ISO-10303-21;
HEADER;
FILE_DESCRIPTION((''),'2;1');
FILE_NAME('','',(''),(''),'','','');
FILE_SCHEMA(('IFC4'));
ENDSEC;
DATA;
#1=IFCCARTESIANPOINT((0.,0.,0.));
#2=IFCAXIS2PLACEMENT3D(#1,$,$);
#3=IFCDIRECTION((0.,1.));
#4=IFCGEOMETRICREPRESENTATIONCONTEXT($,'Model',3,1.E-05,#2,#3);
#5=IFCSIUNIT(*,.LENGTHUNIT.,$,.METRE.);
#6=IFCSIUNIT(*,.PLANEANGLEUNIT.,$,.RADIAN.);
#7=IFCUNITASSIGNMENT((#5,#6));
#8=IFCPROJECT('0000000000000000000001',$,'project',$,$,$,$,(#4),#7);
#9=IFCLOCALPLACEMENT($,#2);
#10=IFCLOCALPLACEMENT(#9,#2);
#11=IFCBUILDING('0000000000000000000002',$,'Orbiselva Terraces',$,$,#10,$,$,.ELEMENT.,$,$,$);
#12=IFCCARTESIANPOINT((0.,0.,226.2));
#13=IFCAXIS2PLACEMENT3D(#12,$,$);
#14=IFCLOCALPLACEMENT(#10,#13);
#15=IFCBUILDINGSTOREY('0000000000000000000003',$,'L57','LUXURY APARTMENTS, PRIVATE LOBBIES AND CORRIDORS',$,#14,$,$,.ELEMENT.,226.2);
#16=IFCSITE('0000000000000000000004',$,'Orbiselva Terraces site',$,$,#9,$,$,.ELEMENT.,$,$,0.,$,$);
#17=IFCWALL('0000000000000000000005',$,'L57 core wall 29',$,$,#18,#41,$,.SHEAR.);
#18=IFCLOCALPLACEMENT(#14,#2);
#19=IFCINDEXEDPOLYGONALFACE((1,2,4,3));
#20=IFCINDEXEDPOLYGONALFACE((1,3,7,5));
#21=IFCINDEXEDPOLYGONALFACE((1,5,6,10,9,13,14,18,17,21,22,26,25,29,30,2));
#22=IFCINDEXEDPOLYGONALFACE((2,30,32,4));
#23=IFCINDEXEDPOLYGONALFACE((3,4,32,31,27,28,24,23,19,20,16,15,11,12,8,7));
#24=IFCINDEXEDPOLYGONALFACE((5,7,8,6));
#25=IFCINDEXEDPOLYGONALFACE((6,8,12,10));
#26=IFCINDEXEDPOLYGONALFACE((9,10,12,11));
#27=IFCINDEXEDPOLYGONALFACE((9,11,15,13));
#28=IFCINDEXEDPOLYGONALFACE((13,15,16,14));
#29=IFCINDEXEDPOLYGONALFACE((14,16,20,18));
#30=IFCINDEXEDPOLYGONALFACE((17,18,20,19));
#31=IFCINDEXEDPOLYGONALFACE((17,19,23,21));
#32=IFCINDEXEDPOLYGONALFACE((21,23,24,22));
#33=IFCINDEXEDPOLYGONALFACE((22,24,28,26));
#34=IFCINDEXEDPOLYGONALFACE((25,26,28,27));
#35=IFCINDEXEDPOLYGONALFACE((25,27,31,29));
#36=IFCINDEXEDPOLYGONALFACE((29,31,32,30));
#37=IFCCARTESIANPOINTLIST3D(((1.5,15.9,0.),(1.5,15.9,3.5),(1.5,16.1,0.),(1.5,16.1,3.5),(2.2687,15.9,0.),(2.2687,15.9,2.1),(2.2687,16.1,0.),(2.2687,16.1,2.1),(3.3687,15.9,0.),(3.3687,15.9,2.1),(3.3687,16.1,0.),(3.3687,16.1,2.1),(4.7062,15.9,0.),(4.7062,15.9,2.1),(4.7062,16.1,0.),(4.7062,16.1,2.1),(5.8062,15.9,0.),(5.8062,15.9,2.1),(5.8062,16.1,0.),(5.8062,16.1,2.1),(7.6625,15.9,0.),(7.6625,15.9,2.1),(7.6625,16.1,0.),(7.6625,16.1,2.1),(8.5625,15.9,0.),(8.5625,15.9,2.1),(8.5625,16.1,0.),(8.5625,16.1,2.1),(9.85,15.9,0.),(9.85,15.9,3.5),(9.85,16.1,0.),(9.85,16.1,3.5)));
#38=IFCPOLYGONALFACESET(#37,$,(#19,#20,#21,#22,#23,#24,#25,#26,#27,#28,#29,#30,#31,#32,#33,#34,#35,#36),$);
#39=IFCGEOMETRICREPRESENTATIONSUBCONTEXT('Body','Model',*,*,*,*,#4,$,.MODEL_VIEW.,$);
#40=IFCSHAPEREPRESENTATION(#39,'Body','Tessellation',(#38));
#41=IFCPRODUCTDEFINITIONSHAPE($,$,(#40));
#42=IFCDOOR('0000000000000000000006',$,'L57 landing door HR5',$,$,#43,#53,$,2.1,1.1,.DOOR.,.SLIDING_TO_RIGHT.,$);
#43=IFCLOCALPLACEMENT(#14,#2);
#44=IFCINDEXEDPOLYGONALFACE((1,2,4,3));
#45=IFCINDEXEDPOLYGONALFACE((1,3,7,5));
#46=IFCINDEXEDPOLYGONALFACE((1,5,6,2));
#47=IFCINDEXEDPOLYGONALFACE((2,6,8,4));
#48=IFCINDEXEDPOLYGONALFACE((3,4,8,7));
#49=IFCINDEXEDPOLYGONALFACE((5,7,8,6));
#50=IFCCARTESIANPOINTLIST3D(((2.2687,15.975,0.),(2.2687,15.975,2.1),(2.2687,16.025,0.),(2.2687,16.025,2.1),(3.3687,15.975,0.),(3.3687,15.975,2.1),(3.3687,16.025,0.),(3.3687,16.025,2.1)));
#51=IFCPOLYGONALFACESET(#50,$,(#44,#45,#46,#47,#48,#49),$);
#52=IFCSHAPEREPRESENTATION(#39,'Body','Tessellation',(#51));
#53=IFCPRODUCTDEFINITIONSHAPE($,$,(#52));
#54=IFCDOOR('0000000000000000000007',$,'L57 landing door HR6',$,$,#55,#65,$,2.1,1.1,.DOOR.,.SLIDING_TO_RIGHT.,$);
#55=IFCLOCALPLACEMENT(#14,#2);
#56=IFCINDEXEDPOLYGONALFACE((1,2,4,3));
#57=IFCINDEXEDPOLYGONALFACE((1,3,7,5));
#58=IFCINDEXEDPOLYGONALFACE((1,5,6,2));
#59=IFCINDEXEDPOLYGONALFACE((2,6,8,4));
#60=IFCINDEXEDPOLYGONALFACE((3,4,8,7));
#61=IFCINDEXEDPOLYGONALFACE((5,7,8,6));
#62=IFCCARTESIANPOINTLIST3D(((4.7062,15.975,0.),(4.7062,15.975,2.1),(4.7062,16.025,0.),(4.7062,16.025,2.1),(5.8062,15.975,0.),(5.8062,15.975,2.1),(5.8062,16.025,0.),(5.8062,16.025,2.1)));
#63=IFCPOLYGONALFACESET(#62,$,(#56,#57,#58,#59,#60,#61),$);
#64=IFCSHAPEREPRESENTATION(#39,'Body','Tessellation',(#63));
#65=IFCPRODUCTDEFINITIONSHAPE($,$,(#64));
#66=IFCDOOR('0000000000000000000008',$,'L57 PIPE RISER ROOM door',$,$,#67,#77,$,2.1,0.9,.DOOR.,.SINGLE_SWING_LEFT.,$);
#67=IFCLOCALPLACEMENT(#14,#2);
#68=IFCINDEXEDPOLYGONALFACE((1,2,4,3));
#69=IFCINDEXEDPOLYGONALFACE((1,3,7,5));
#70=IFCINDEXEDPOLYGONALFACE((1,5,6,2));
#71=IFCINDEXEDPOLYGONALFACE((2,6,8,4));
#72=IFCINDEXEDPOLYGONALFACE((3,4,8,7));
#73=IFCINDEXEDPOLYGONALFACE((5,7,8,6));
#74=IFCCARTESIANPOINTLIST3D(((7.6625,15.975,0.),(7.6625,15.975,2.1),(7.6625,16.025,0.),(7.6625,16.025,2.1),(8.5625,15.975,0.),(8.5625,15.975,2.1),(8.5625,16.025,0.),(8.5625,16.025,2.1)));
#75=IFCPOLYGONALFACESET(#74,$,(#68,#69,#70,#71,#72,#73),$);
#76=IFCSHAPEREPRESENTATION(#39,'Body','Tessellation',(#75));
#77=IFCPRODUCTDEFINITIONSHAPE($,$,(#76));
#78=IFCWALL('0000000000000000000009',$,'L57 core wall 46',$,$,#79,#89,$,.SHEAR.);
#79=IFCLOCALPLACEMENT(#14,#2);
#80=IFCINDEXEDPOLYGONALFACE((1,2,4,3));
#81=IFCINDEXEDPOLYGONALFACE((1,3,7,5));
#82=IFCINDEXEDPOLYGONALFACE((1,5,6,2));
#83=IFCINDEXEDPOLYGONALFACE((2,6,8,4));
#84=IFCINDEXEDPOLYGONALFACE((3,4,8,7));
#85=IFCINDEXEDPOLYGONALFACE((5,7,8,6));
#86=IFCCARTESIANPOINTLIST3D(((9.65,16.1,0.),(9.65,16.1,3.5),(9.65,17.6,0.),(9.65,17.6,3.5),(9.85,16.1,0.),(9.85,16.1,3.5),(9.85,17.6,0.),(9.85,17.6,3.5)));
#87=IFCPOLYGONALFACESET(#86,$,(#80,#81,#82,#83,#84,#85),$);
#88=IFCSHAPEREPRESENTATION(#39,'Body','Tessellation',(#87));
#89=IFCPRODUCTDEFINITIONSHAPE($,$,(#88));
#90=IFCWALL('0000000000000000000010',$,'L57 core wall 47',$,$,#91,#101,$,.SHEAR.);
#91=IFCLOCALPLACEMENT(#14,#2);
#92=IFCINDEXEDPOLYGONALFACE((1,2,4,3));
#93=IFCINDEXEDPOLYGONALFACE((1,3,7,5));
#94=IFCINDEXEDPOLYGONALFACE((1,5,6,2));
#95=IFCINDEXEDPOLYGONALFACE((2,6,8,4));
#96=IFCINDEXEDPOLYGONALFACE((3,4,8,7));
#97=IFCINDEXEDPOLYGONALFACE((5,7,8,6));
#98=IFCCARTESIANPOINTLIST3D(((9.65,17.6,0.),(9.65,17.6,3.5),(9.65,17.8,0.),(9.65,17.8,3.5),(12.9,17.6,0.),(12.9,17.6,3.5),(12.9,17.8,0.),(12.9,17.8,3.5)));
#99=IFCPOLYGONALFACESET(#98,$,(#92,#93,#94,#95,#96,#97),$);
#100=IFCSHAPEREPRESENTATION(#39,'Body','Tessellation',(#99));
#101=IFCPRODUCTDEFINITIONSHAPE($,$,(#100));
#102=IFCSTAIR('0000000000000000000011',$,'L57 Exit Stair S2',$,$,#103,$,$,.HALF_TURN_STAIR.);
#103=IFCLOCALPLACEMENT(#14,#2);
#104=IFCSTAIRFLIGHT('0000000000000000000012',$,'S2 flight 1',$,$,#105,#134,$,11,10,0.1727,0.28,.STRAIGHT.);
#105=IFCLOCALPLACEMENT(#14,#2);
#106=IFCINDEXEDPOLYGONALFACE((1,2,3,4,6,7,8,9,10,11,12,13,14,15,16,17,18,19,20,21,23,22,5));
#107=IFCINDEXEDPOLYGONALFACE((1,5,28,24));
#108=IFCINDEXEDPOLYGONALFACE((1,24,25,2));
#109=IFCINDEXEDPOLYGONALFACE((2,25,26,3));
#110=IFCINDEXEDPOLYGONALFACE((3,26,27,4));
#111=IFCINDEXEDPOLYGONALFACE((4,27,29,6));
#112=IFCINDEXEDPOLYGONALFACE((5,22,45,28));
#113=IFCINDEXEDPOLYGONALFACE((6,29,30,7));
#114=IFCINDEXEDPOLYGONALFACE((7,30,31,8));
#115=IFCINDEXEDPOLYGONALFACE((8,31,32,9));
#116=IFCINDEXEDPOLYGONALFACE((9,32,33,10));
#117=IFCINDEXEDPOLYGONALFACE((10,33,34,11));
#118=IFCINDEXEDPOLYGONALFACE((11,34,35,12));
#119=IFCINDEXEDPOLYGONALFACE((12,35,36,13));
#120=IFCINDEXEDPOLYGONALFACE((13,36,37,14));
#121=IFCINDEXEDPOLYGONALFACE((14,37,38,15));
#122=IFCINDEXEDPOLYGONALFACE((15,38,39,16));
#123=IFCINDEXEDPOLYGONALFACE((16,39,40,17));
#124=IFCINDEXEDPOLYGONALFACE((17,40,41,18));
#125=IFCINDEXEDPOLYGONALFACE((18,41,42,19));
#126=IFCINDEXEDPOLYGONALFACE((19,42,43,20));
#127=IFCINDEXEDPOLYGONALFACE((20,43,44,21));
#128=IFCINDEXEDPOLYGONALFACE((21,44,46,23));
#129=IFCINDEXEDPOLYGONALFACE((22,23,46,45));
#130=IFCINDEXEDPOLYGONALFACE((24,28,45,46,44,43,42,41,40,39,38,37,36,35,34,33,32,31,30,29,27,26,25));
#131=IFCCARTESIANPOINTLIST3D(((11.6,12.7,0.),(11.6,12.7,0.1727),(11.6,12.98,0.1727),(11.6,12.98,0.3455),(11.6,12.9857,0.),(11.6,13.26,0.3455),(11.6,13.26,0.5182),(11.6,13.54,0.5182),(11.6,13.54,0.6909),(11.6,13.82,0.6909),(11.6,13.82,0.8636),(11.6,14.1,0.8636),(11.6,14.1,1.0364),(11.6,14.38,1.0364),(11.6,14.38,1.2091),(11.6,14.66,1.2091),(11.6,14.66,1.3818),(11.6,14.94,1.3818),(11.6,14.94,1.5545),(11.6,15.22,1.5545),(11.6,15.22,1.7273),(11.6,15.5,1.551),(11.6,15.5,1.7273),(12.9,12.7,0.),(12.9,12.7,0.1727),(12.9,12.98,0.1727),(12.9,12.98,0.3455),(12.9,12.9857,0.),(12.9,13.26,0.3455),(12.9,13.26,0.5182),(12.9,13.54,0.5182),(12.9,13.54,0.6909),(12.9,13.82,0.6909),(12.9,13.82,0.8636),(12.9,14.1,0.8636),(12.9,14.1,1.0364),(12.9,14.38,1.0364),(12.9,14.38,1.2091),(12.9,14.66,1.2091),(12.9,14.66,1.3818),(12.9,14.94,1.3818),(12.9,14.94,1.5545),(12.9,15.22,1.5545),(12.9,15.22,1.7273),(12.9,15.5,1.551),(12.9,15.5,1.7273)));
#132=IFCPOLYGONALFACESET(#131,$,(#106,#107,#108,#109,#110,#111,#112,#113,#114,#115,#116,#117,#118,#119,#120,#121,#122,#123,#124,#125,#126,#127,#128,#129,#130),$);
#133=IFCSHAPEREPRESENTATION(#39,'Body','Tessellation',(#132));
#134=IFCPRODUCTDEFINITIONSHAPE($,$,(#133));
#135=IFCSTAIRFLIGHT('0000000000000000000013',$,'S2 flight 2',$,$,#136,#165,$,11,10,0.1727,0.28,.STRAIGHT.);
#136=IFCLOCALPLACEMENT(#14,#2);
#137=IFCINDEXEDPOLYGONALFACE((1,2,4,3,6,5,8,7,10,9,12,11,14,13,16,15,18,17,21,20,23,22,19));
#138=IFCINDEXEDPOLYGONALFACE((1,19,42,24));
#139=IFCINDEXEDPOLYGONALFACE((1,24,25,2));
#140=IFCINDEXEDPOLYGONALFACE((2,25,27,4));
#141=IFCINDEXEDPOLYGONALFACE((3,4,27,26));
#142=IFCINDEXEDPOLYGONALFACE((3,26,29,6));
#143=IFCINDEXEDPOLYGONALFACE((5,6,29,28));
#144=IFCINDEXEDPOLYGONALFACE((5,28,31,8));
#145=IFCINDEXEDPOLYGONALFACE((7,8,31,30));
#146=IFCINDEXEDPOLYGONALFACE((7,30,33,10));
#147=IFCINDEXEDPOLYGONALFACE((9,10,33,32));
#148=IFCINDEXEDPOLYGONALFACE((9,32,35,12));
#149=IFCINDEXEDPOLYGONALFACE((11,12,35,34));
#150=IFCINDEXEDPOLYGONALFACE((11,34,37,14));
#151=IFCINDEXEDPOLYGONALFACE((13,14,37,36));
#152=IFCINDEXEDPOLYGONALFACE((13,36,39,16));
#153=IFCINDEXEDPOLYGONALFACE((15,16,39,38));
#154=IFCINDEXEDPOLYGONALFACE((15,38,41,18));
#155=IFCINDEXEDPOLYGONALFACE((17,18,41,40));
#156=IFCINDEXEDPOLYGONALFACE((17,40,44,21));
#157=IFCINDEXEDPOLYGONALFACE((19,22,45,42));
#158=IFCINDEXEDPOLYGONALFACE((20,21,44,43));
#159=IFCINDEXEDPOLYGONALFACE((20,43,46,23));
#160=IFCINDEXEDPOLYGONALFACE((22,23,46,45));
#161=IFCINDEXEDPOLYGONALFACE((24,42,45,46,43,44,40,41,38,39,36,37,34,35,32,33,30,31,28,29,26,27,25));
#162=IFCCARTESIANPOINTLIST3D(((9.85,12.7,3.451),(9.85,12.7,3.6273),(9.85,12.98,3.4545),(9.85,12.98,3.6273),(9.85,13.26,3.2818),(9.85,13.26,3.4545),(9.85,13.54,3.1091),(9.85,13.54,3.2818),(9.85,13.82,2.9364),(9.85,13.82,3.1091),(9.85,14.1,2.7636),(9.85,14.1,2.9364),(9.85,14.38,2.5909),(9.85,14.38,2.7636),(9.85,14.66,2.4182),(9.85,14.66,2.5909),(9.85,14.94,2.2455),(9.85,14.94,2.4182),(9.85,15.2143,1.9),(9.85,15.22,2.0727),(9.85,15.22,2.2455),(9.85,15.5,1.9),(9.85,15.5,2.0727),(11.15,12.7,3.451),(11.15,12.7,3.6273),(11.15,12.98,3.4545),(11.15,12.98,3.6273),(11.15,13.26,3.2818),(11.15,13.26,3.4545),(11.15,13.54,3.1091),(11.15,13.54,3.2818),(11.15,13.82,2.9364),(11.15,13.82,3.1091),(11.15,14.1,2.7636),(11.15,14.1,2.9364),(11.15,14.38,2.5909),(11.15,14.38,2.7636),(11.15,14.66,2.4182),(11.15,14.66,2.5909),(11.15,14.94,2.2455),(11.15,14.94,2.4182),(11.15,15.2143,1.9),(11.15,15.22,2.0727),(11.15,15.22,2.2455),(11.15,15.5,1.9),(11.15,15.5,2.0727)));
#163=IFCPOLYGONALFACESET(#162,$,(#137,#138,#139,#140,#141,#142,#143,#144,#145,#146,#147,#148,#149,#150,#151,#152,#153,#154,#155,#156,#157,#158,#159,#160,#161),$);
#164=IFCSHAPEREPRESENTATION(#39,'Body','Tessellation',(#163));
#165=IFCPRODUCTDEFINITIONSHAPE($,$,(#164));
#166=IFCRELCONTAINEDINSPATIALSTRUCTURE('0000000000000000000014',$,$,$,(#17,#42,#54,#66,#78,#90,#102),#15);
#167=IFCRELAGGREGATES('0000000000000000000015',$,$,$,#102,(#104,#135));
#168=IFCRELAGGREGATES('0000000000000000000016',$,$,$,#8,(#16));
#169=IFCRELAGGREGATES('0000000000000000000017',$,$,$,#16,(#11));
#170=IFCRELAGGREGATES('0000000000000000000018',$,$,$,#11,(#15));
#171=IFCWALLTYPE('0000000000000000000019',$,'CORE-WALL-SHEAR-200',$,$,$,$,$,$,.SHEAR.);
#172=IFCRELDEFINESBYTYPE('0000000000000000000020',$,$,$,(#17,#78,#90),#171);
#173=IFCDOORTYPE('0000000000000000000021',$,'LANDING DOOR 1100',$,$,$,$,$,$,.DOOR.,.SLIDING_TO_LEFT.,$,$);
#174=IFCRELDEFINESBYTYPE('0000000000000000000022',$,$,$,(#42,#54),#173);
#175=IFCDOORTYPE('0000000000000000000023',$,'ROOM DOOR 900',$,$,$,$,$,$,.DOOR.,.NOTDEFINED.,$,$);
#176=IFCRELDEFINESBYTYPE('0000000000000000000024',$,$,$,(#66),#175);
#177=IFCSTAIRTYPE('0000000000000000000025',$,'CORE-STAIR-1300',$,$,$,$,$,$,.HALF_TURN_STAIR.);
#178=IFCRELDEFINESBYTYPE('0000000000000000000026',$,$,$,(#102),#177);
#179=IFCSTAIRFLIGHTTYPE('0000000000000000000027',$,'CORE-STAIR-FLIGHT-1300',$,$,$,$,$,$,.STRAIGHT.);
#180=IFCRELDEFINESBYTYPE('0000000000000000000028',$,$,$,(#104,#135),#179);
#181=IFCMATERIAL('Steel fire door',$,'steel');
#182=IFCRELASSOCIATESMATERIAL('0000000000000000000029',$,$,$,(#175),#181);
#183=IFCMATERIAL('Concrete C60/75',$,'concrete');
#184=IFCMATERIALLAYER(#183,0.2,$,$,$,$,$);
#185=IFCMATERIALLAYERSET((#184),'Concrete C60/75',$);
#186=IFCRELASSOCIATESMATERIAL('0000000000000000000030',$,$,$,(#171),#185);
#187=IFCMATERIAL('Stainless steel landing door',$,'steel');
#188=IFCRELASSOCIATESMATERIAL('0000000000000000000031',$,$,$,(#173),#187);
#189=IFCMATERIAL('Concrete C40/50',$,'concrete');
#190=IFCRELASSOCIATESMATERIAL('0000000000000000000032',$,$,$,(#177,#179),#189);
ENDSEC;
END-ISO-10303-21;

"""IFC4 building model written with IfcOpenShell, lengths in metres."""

from ifc_helpers import new_model, si_unit, direction, frame, frame_2d, origin, place, context, subcontext, project, spatial, polyline, rectangle, outline, extrude, material, layer, layer_set, type_object, element, fill, aggregate, save


model = new_model("IFC4")

# Units and contexts
model_context = context("Model", 3, precision=1e-05, world=origin(), true_north=direction((0.0, 1.0)))
body_context = subcontext(model_context, "Body", "Model", "MODEL_VIEW")
ifc_project = project(units=[si_unit("LENGTHUNIT", "METRE"), si_unit("PLANEANGLEUNIT", "RADIAN")], contexts=[model_context])

# Site, building, storey
site_placement = place(None, origin())
site = spatial("IfcSite", under=ifc_project, at=site_placement, Name="Orbiselva Terraces site", CompositionType="ELEMENT", RefElevation=0.0)
building_placement = place(site_placement, origin())
building = spatial("IfcBuilding", under=site, at=building_placement, Name="Orbiselva Terraces", CompositionType="ELEMENT")
storey_placement = place(building_placement, frame((0.0, 0.0, 226.2)))
storey = spatial("IfcBuildingStorey", under=building, at=storey_placement, Name="L57", Description="LUXURY APARTMENTS, PRIVATE LOBBIES AND CORRIDORS", CompositionType="ELEMENT", Elevation=226.2)

# Shared definitions
ifc_material_1 = material(Name="Steel fire door", Category="steel")
door_type_1 = type_object("IfcDoorType", Name="ROOM DOOR 900", OperationType="NOTDEFINED", PredefinedType="DOOR", material=ifc_material_1)

# Shared definitions
ifc_material_2 = material(Name="Concrete C40/50", Category="concrete")
ifc_material_3 = material(Name="Concrete C60/75", Category="concrete")
ifc_layer_1 = layer(ifc_material_3, 0.2)
ifc_layer_set_1 = layer_set([ifc_layer_1], Name="Concrete C60/75")
wall_type_1 = type_object("IfcWallType", Name="CORE-WALL-SHEAR-200", PredefinedType="SHEAR", material=ifc_layer_set_1)

# Wall, openings, doors
wall_1_placement = place(storey_placement, frame((9.85, 16.0, 0.0), z_axis=(0.0, 0.0, 1.0), x_axis=(-1.0, 0.0, 0.0)))
wall_1 = element("IfcWall", 1, at=wall_1_placement, inside=storey, type_object=wall_type_1, Name="L57 core wall 29", PredefinedType="SHEAR", context=body_context, shape_type="SweptSolid", body=[
    extrude(rectangle(XDim=8.35, YDim=0.2, at=frame_2d((4.175, 0.0))), origin(), (0.0, 0.0, 1.0), 3.5),
])
opening_1_placement = place(wall_1_placement, frame((6.4813, 0.0, 0.0)))
opening_1 = element("IfcOpeningElement", 2, at=opening_1_placement, cuts=wall_1, PredefinedType="OPENING", context=body_context, shape_type="SweptSolid", body=[
    extrude(rectangle(XDim=1.1, YDim=2.1, at=frame_2d((0.55, 1.05))), frame((0.0, 0.11, 0.0), z_axis=(0.0, -1.0, 0.0), x_axis=(1.0, 0.0, 0.0)), (0.0, 0.0, 1.0), 0.22),
])
opening_2_placement = place(wall_1_placement, frame((4.0438, 0.0, 0.0)))
opening_2 = element("IfcOpeningElement", 3, at=opening_2_placement, cuts=wall_1, PredefinedType="OPENING", context=body_context, shape_type="SweptSolid", body=[
    extrude(rectangle(XDim=1.1, YDim=2.1, at=frame_2d((0.55, 1.05))), frame((0.0, 0.11, 0.0), z_axis=(0.0, -1.0, 0.0), x_axis=(1.0, 0.0, 0.0)), (0.0, 0.0, 1.0), 0.22),
])
opening_3_placement = place(wall_1_placement, frame((1.2875, 0.0, 0.0)))
opening_3 = element("IfcOpeningElement", 4, at=opening_3_placement, cuts=wall_1, PredefinedType="OPENING", context=body_context, shape_type="SweptSolid", body=[
    extrude(rectangle(XDim=0.9, YDim=2.1, at=frame_2d((0.45, 1.05))), frame((0.0, 0.11, 0.0), z_axis=(0.0, -1.0, 0.0), x_axis=(1.0, 0.0, 0.0)), (0.0, 0.0, 1.0), 0.22),
])
ifc_material_4 = material(Name="Stainless steel landing door", Category="steel")
door_type_2 = type_object("IfcDoorType", Name="LANDING DOOR 1100", OperationType="SLIDING_TO_LEFT", PredefinedType="DOOR", material=ifc_material_4)
door_1_placement = place(opening_1_placement, origin())
door_1 = element("IfcDoor", 5, at=door_1_placement, inside=storey, type_object=door_type_2, Name="L57 landing door HR5", OperationType="SLIDING_TO_RIGHT", OverallHeight=2.1, OverallWidth=1.1, PredefinedType="DOOR", context=body_context, shape_type="SweptSolid", body=[
    extrude(rectangle(XDim=1.1, YDim=2.1, at=frame_2d((0.55, 1.05))), frame((0.0, 0.025, 0.0), z_axis=(0.0, -1.0, 0.0), x_axis=(1.0, 0.0, 0.0)), (0.0, 0.0, 1.0), 0.05),
])
fill(opening_1, door_1)
door_2_placement = place(opening_2_placement, origin())
door_2 = element("IfcDoor", 6, at=door_2_placement, inside=storey, type_object=door_type_2, Name="L57 landing door HR6", OperationType="SLIDING_TO_RIGHT", OverallHeight=2.1, OverallWidth=1.1, PredefinedType="DOOR", context=body_context, shape_type="SweptSolid", body=[
    extrude(rectangle(XDim=1.1, YDim=2.1, at=frame_2d((0.55, 1.05))), frame((0.0, 0.025, 0.0), z_axis=(0.0, -1.0, 0.0), x_axis=(1.0, 0.0, 0.0)), (0.0, 0.0, 1.0), 0.05),
])
fill(opening_2, door_2)
door_3_placement = place(opening_3_placement, origin())
door_3 = element("IfcDoor", 7, at=door_3_placement, inside=storey, type_object=door_type_1, Name="L57 PIPE RISER ROOM door", OperationType="SINGLE_SWING_LEFT", OverallHeight=2.1, OverallWidth=0.9, PredefinedType="DOOR", context=body_context, shape_type="SweptSolid", body=[
    extrude(rectangle(XDim=0.9, YDim=2.1, at=frame_2d((0.45, 1.05))), frame((0.0, 0.025, 0.0), z_axis=(0.0, -1.0, 0.0), x_axis=(1.0, 0.0, 0.0)), (0.0, 0.0, 1.0), 0.05),
])
fill(opening_3, door_3)

# Walls
wall_2_placement = place(storey_placement, frame((9.75, 16.1, 0.0), z_axis=(0.0, 0.0, 1.0), x_axis=(0.0, 1.0, 0.0)))
element("IfcWall", 8, at=wall_2_placement, inside=storey, type_object=wall_type_1, Name="L57 core wall 46", PredefinedType="SHEAR", context=body_context, shape_type="SweptSolid", body=[
    extrude(rectangle(XDim=1.5, YDim=0.2, at=frame_2d((0.75, 0.0))), origin(), (0.0, 0.0, 1.0), 3.5),
])
wall_3_placement = place(storey_placement, frame((9.65, 17.7, 0.0), z_axis=(0.0, 0.0, 1.0), x_axis=(1.0, 0.0, 0.0)))
element("IfcWall", 9, at=wall_3_placement, inside=storey, type_object=wall_type_1, Name="L57 core wall 47", PredefinedType="SHEAR", context=body_context, shape_type="SweptSolid", body=[
    extrude(rectangle(XDim=3.25, YDim=0.2, at=frame_2d((1.625, 0.0))), origin(), (0.0, 0.0, 1.0), 3.5),
])

# Stair, stair flights
stair_type = type_object("IfcStairType", Name="CORE-STAIR-1300", PredefinedType="HALF_TURN_STAIR", material=ifc_material_2)
stair_placement = place(storey_placement, origin())
stair = element("IfcStair", 10, at=stair_placement, inside=storey, type_object=stair_type, Name="L57 Exit Stair S2", PredefinedType="HALF_TURN_STAIR")
stair_flight_type = type_object("IfcStairFlightType", Name="CORE-STAIR-FLIGHT-1300", PredefinedType="STRAIGHT", material=ifc_material_2)
stair_flight_1_placement = place(storey_placement, frame((12.25, 12.7, 0.0), z_axis=(0.0, 0.0, 1.0), x_axis=(0.0, 1.0, 0.0)))
stair_flight_1 = element("IfcStairFlight", 11, at=stair_flight_1_placement, type_object=stair_flight_type, Name="S2 flight 1", NumberOfRisers=11, NumberOfTreads=10, PredefinedType="STRAIGHT", RiserHeight=0.1727, TreadLength=0.28, context=body_context, shape_type="SweptSolid", body=[
    extrude(outline(polyline([(0.0, 0.0), (0.0, 0.1727), (0.28, 0.1727), (0.28, 0.3455), (0.56, 0.3455), (0.56, 0.5182), (0.84, 0.5182), (0.84, 0.6909), (1.12, 0.6909), (1.12, 0.8636), (1.4, 0.8636), (1.4, 1.0364), (1.68, 1.0364), (1.68, 1.2091), (1.96, 1.2091), (1.96, 1.3818), (2.24, 1.3818), (2.24, 1.5545), (2.52, 1.5545), (2.52, 1.7273), (2.8, 1.7273), (2.8, 1.9), (2.8, 1.551), (0.2857, 0.0), (0.0, 0.0)])), frame((0.0, 0.65, 0.0), z_axis=(0.0, -1.0, 0.0), x_axis=(1.0, 0.0, 0.0)), (0.0, 0.0, 1.0), 1.3),
])
stair_flight_2_placement = place(storey_placement, frame((10.5, 15.5, 1.9), z_axis=(0.0, 0.0, 1.0), x_axis=(0.0, -1.0, 0.0)))
stair_flight_2 = element("IfcStairFlight", 12, at=stair_flight_2_placement, type_object=stair_flight_type, Name="S2 flight 2", NumberOfRisers=11, NumberOfTreads=10, PredefinedType="STRAIGHT", RiserHeight=0.1727, TreadLength=0.28, context=body_context, shape_type="SweptSolid", body=[
    extrude(outline(polyline([(0.0, 0.0), (0.0, 0.1727), (0.28, 0.1727), (0.28, 0.3455), (0.56, 0.3455), (0.56, 0.5182), (0.84, 0.5182), (0.84, 0.6909), (1.12, 0.6909), (1.12, 0.8636), (1.4, 0.8636), (1.4, 1.0364), (1.68, 1.0364), (1.68, 1.2091), (1.96, 1.2091), (1.96, 1.3818), (2.24, 1.3818), (2.24, 1.5545), (2.52, 1.5545), (2.52, 1.7273), (2.8, 1.7273), (2.8, 1.9), (2.8, 1.551), (0.2857, 0.0), (0.0, 0.0)])), frame((0.0, 0.65, 0.0), z_axis=(0.0, -1.0, 0.0), x_axis=(1.0, 0.0, 0.0)), (0.0, 0.0, 1.0), 1.3),
])
aggregate(stair, [stair_flight_1, stair_flight_2])

save(model, "model.ifc")
